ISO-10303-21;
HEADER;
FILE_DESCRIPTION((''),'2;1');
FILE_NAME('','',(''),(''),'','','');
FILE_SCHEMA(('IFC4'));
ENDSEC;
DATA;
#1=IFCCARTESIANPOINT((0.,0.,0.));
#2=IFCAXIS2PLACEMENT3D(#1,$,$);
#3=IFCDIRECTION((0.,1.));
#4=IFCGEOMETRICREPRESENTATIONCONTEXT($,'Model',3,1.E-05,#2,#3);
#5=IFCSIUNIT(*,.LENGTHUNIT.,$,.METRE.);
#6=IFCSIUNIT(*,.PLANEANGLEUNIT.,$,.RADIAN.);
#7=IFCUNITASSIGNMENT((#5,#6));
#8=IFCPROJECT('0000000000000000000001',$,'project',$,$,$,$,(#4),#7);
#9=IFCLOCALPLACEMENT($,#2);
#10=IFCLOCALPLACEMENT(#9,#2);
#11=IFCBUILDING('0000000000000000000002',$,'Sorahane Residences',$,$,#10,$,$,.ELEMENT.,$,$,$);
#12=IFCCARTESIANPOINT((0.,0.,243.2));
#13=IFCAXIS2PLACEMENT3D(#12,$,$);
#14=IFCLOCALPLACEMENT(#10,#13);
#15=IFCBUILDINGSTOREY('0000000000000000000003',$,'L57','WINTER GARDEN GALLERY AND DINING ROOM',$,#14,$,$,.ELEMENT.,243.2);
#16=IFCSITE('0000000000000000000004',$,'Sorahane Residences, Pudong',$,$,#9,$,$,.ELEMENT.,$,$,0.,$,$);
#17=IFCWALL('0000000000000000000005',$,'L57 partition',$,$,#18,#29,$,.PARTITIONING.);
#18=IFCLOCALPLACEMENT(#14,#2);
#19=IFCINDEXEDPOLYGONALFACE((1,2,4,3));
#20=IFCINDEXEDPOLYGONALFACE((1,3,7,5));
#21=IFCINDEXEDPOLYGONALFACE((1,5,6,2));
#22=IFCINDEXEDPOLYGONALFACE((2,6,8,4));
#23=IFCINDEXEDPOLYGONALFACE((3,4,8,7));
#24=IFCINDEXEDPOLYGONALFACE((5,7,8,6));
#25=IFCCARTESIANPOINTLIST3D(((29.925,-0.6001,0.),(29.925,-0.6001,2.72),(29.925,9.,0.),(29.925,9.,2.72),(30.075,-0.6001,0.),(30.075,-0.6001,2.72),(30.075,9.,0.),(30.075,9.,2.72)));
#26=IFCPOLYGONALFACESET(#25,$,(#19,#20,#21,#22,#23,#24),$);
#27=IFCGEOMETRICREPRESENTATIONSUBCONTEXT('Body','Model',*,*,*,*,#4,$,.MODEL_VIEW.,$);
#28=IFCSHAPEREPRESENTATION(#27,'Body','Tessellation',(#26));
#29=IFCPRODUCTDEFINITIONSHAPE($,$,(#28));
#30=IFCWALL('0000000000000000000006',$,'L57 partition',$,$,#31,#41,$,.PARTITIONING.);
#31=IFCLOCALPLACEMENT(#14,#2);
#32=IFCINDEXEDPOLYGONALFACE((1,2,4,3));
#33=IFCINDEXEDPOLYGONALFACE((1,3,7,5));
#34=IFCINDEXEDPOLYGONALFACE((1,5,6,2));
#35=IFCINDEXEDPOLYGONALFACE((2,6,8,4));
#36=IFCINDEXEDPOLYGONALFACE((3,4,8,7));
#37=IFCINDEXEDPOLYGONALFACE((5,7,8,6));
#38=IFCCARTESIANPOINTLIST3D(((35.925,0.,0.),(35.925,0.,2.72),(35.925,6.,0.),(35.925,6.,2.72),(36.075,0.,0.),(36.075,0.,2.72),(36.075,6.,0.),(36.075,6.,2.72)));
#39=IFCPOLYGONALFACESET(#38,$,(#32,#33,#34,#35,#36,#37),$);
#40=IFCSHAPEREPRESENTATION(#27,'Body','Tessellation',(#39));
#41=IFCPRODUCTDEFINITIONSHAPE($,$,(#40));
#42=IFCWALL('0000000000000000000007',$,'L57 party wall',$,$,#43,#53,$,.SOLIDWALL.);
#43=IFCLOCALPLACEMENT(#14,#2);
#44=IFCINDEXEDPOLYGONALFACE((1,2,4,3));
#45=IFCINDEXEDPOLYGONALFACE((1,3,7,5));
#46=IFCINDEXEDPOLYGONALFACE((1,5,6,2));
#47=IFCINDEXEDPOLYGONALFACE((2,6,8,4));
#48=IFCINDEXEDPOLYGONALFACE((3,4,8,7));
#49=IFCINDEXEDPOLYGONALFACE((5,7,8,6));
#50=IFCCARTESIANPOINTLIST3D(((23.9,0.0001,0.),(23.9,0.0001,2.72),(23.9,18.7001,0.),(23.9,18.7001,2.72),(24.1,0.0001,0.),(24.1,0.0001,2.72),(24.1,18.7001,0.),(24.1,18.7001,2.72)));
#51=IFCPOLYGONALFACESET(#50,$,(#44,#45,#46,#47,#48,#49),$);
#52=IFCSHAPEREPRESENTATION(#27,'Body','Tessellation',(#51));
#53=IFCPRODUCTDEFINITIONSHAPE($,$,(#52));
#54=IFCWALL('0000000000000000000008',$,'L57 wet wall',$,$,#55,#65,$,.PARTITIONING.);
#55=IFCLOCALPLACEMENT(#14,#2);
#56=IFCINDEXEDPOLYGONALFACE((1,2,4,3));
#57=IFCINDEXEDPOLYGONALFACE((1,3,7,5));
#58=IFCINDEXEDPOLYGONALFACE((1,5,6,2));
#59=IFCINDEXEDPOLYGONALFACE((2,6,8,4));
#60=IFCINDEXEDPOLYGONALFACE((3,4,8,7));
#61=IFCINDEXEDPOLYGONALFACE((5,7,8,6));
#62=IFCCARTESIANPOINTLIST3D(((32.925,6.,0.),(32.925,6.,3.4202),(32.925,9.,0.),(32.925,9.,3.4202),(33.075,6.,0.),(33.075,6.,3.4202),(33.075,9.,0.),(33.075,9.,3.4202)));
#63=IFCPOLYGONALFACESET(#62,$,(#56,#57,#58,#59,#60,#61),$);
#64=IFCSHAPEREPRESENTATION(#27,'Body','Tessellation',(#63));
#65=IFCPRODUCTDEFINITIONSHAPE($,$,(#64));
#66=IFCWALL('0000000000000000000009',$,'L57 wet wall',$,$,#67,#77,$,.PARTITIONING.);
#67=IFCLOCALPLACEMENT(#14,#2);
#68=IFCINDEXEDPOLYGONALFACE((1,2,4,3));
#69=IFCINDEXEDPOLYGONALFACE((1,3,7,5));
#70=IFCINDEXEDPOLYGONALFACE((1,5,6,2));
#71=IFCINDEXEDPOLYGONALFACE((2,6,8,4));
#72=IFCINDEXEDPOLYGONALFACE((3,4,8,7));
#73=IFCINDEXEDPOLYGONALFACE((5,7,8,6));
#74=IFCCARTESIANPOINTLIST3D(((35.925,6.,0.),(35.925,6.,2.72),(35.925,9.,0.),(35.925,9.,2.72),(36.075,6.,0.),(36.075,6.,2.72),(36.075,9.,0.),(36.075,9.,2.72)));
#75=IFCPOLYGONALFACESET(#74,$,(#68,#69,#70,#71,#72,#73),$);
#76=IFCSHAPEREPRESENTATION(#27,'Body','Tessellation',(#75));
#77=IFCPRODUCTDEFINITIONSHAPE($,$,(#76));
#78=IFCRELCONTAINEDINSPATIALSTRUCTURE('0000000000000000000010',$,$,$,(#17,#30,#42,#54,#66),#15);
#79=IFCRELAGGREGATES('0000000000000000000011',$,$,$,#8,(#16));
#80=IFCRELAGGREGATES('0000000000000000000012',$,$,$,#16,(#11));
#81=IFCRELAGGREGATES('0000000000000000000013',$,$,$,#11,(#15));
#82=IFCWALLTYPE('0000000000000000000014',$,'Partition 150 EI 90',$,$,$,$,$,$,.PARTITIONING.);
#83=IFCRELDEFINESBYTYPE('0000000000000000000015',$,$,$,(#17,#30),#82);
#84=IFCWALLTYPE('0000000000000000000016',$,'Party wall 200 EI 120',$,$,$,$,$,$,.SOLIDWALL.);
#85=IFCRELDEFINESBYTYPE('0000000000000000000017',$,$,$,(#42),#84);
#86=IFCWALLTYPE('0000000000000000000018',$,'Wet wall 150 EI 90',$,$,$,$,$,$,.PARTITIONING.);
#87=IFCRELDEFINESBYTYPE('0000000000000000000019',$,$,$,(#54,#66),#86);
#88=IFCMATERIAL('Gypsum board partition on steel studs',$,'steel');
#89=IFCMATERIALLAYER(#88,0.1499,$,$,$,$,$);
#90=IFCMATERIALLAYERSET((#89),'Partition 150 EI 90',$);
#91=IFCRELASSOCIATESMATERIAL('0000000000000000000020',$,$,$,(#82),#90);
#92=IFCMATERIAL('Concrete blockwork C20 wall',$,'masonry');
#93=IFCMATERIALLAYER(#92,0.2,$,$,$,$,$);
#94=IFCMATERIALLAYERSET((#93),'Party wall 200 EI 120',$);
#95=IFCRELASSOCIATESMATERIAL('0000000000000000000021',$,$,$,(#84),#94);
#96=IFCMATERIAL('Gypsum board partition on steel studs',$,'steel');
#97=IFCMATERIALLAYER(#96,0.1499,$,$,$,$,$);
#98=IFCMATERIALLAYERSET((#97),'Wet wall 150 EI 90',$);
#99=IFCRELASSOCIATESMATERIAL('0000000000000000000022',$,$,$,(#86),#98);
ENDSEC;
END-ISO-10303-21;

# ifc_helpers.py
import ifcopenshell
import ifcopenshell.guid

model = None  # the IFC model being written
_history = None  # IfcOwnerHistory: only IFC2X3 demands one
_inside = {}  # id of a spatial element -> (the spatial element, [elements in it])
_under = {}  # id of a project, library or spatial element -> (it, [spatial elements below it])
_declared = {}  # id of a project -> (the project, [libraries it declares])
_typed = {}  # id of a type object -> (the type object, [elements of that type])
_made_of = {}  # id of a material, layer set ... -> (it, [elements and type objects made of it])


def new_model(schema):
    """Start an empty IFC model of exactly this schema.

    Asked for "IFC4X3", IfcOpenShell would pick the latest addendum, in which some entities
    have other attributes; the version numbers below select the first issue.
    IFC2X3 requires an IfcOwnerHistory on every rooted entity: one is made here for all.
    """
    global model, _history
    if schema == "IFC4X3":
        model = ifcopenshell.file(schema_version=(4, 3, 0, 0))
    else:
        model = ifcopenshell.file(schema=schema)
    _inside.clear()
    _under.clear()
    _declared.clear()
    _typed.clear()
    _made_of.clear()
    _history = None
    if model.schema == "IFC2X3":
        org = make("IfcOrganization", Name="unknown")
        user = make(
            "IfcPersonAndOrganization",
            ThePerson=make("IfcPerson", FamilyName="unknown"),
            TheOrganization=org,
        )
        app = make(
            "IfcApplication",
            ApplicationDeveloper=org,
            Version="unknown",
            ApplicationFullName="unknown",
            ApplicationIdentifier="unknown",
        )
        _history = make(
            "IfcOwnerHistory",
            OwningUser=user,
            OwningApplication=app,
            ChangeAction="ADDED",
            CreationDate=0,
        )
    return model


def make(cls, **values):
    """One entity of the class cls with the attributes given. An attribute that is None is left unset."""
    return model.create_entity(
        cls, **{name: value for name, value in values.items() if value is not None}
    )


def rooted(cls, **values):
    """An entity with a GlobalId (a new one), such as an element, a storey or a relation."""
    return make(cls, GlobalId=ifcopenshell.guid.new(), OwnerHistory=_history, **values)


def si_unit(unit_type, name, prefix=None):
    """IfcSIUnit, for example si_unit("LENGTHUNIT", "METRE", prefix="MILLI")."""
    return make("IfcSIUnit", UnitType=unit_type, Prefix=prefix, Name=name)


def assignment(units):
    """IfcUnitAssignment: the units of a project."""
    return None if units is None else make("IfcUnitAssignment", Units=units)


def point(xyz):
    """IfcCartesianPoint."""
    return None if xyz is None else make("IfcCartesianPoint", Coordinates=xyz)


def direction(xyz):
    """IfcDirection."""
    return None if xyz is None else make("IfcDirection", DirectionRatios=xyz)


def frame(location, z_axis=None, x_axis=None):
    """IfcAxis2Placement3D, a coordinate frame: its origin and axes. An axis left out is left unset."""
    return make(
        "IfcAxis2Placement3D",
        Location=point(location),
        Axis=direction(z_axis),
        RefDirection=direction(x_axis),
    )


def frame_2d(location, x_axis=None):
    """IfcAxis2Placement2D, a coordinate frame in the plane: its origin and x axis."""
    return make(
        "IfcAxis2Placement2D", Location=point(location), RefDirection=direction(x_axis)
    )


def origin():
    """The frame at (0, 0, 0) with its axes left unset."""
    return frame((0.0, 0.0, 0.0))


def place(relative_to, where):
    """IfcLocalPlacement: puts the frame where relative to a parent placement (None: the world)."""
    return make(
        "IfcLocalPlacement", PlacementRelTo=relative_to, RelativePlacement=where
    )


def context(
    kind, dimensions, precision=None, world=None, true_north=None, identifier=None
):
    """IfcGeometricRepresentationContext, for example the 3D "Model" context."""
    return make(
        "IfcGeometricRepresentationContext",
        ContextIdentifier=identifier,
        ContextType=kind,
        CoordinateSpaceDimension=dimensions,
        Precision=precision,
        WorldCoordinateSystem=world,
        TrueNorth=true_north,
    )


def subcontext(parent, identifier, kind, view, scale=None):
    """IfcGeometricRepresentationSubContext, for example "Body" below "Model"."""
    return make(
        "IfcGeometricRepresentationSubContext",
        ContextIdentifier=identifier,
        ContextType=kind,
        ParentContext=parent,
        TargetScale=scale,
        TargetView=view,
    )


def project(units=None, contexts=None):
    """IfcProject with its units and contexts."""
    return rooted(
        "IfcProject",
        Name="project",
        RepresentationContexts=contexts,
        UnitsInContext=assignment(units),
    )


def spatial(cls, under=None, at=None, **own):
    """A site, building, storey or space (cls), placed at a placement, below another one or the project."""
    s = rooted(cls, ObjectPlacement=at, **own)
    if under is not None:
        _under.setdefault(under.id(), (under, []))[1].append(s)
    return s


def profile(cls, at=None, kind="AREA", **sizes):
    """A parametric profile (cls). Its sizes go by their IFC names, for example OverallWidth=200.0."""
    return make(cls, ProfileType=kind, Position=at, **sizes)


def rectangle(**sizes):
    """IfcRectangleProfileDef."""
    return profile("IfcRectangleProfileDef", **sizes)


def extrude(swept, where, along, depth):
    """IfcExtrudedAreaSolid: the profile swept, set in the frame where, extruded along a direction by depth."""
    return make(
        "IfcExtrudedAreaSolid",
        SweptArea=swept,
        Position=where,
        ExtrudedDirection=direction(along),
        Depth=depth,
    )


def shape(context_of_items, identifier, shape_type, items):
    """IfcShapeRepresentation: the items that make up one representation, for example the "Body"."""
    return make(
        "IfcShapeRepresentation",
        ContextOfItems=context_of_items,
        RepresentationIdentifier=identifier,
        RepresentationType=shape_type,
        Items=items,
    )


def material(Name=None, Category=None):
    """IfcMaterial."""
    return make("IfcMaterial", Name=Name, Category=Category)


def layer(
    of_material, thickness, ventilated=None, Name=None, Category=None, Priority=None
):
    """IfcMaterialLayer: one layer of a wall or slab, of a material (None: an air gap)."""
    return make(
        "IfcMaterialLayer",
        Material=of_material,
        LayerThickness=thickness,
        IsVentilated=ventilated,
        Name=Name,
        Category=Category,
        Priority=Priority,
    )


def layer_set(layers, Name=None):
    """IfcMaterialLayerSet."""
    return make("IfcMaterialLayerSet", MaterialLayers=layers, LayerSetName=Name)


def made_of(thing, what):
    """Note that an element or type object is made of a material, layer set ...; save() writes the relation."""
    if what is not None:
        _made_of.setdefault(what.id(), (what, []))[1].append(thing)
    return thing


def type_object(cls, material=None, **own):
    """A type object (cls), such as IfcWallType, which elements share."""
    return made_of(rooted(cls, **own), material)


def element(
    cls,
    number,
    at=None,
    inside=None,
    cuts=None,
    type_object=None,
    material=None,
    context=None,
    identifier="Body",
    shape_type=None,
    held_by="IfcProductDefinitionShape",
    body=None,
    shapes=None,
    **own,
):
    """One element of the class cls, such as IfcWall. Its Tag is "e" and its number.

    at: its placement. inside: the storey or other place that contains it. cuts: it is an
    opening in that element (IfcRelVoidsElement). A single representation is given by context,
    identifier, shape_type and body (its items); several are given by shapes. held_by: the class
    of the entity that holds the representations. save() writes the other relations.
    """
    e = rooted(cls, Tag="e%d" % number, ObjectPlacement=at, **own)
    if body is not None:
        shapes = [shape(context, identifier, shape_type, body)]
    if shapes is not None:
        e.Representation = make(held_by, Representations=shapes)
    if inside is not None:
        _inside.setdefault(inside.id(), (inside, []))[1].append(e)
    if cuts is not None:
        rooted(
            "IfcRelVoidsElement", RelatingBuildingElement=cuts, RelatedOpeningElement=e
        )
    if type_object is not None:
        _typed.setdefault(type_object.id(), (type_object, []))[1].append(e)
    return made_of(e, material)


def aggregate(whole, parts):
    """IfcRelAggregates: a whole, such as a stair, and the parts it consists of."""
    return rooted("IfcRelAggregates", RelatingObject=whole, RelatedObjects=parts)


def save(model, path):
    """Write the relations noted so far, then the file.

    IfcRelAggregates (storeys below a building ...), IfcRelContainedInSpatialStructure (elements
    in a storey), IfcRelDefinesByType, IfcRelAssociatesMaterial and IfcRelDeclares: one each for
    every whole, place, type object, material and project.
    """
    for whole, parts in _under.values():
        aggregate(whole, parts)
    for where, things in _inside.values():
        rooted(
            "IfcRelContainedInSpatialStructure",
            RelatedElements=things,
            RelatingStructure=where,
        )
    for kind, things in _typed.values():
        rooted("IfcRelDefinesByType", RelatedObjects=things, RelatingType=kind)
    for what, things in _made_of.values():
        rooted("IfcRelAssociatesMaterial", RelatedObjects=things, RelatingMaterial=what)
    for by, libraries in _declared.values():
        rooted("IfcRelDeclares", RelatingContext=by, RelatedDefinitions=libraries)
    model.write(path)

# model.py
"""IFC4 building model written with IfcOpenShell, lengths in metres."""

from ifc_helpers import new_model, si_unit, direction, frame, frame_2d, origin, place, context, subcontext, project, spatial, rectangle, extrude, material, layer, layer_set, type_object, element, save


model = new_model("IFC4")

# Units and contexts
model_context = context("Model", 3, precision=1e-05, world=origin(), true_north=direction((0.0, 1.0)))
body_context = subcontext(model_context, "Body", "Model", "MODEL_VIEW")
ifc_project = project(units=[si_unit("LENGTHUNIT", "METRE"), si_unit("PLANEANGLEUNIT", "RADIAN")], contexts=[model_context])

# Site, building, storey
site_placement = place(None, origin())
site = spatial("IfcSite", under=ifc_project, at=site_placement, Name="Sorahane Residences, Pudong", CompositionType="ELEMENT", RefElevation=0.0)
building_placement = place(site_placement, origin())
building = spatial("IfcBuilding", under=site, at=building_placement, Name="Sorahane Residences", CompositionType="ELEMENT")
storey_placement = place(building_placement, frame((0.0, 0.0, 243.2)))
storey = spatial("IfcBuildingStorey", under=building, at=storey_placement, Name="L57", Description="WINTER GARDEN GALLERY AND DINING ROOM", CompositionType="ELEMENT", Elevation=243.2)

# Walls
ifc_material_1 = material(Name="Gypsum board partition on steel studs", Category="steel")
ifc_layer_1 = layer(ifc_material_1, 0.1499)
ifc_layer_set_1 = layer_set([ifc_layer_1], Name="Partition 150 EI 90")
wall_type_1 = type_object("IfcWallType", Name="Partition 150 EI 90", PredefinedType="PARTITIONING", material=ifc_layer_set_1)
wall_1_placement = place(storey_placement, frame((30.0, -0.6001, 0.0), z_axis=(0.0, 0.0, 1.0), x_axis=(0.0, 1.0, 0.0)))
element("IfcWall", 1, at=wall_1_placement, inside=storey, type_object=wall_type_1, Name="L57 partition", PredefinedType="PARTITIONING", context=body_context, shape_type="SweptSolid", body=[
    extrude(rectangle(XDim=9.6001, YDim=0.1499, at=frame_2d((4.8, 0.0))), origin(), (0.0, 0.0, 1.0), 2.72),
])
wall_2_placement = place(storey_placement, frame((36.0, 0.0, 0.0), z_axis=(0.0, 0.0, 1.0), x_axis=(0.0, 1.0, 0.0)))
element("IfcWall", 2, at=wall_2_placement, inside=storey, type_object=wall_type_1, Name="L57 partition", PredefinedType="PARTITIONING", context=body_context, shape_type="SweptSolid", body=[
    extrude(rectangle(XDim=6.0, YDim=0.1499, at=frame_2d((3.0, 0.0))), origin(), (0.0, 0.0, 1.0), 2.72),
])

# Walls
ifc_material_2 = material(Name="Concrete blockwork C20 wall", Category="masonry")
ifc_layer_2 = layer(ifc_material_2, 0.2)
ifc_layer_set_2 = layer_set([ifc_layer_2], Name="Party wall 200 EI 120")
wall_type_2 = type_object("IfcWallType", Name="Party wall 200 EI 120", PredefinedType="SOLIDWALL", material=ifc_layer_set_2)
wall_3_placement = place(storey_placement, frame((24.0, 0.0, 0.0), z_axis=(0.0, 0.0, 1.0), x_axis=(0.0, 1.0, 0.0)))
element("IfcWall", 3, at=wall_3_placement, inside=storey, type_object=wall_type_2, Name="L57 party wall", PredefinedType="SOLIDWALL", context=body_context, shape_type="SweptSolid", body=[
    extrude(rectangle(XDim=18.7, YDim=0.2, at=frame_2d((9.3501, 0.0))), origin(), (0.0, 0.0, 1.0), 2.72),
])
ifc_material_3 = material(Name="Gypsum board partition on steel studs", Category="steel")
ifc_layer_3 = layer(ifc_material_3, 0.1499)
ifc_layer_set_3 = layer_set([ifc_layer_3], Name="Wet wall 150 EI 90")
wall_type_3 = type_object("IfcWallType", Name="Wet wall 150 EI 90", PredefinedType="PARTITIONING", material=ifc_layer_set_3)
wall_4_placement = place(storey_placement, frame((33.0, 6.0, 0.0), z_axis=(0.0, 0.0, 1.0), x_axis=(0.0, 1.0, 0.0)))
element("IfcWall", 4, at=wall_4_placement, inside=storey, type_object=wall_type_3, Name="L57 wet wall", PredefinedType="PARTITIONING", context=body_context, shape_type="SweptSolid", body=[
    extrude(rectangle(XDim=3.0, YDim=0.1499, at=frame_2d((1.5, 0.0))), origin(), (0.0, 0.0, 1.0), 3.4202),
])
wall_5_placement = place(storey_placement, frame((36.0, 6.0, 0.0), z_axis=(0.0, 0.0, 1.0), x_axis=(0.0, 1.0, 0.0)))
element("IfcWall", 5, at=wall_5_placement, inside=storey, type_object=wall_type_3, Name="L57 wet wall", PredefinedType="PARTITIONING", context=body_context, shape_type="SweptSolid", body=[
    extrude(rectangle(XDim=3.0, YDim=0.1499, at=frame_2d((1.5, 0.0))), origin(), (0.0, 0.0, 1.0), 2.72),
])

save(model, "model.ifc")
